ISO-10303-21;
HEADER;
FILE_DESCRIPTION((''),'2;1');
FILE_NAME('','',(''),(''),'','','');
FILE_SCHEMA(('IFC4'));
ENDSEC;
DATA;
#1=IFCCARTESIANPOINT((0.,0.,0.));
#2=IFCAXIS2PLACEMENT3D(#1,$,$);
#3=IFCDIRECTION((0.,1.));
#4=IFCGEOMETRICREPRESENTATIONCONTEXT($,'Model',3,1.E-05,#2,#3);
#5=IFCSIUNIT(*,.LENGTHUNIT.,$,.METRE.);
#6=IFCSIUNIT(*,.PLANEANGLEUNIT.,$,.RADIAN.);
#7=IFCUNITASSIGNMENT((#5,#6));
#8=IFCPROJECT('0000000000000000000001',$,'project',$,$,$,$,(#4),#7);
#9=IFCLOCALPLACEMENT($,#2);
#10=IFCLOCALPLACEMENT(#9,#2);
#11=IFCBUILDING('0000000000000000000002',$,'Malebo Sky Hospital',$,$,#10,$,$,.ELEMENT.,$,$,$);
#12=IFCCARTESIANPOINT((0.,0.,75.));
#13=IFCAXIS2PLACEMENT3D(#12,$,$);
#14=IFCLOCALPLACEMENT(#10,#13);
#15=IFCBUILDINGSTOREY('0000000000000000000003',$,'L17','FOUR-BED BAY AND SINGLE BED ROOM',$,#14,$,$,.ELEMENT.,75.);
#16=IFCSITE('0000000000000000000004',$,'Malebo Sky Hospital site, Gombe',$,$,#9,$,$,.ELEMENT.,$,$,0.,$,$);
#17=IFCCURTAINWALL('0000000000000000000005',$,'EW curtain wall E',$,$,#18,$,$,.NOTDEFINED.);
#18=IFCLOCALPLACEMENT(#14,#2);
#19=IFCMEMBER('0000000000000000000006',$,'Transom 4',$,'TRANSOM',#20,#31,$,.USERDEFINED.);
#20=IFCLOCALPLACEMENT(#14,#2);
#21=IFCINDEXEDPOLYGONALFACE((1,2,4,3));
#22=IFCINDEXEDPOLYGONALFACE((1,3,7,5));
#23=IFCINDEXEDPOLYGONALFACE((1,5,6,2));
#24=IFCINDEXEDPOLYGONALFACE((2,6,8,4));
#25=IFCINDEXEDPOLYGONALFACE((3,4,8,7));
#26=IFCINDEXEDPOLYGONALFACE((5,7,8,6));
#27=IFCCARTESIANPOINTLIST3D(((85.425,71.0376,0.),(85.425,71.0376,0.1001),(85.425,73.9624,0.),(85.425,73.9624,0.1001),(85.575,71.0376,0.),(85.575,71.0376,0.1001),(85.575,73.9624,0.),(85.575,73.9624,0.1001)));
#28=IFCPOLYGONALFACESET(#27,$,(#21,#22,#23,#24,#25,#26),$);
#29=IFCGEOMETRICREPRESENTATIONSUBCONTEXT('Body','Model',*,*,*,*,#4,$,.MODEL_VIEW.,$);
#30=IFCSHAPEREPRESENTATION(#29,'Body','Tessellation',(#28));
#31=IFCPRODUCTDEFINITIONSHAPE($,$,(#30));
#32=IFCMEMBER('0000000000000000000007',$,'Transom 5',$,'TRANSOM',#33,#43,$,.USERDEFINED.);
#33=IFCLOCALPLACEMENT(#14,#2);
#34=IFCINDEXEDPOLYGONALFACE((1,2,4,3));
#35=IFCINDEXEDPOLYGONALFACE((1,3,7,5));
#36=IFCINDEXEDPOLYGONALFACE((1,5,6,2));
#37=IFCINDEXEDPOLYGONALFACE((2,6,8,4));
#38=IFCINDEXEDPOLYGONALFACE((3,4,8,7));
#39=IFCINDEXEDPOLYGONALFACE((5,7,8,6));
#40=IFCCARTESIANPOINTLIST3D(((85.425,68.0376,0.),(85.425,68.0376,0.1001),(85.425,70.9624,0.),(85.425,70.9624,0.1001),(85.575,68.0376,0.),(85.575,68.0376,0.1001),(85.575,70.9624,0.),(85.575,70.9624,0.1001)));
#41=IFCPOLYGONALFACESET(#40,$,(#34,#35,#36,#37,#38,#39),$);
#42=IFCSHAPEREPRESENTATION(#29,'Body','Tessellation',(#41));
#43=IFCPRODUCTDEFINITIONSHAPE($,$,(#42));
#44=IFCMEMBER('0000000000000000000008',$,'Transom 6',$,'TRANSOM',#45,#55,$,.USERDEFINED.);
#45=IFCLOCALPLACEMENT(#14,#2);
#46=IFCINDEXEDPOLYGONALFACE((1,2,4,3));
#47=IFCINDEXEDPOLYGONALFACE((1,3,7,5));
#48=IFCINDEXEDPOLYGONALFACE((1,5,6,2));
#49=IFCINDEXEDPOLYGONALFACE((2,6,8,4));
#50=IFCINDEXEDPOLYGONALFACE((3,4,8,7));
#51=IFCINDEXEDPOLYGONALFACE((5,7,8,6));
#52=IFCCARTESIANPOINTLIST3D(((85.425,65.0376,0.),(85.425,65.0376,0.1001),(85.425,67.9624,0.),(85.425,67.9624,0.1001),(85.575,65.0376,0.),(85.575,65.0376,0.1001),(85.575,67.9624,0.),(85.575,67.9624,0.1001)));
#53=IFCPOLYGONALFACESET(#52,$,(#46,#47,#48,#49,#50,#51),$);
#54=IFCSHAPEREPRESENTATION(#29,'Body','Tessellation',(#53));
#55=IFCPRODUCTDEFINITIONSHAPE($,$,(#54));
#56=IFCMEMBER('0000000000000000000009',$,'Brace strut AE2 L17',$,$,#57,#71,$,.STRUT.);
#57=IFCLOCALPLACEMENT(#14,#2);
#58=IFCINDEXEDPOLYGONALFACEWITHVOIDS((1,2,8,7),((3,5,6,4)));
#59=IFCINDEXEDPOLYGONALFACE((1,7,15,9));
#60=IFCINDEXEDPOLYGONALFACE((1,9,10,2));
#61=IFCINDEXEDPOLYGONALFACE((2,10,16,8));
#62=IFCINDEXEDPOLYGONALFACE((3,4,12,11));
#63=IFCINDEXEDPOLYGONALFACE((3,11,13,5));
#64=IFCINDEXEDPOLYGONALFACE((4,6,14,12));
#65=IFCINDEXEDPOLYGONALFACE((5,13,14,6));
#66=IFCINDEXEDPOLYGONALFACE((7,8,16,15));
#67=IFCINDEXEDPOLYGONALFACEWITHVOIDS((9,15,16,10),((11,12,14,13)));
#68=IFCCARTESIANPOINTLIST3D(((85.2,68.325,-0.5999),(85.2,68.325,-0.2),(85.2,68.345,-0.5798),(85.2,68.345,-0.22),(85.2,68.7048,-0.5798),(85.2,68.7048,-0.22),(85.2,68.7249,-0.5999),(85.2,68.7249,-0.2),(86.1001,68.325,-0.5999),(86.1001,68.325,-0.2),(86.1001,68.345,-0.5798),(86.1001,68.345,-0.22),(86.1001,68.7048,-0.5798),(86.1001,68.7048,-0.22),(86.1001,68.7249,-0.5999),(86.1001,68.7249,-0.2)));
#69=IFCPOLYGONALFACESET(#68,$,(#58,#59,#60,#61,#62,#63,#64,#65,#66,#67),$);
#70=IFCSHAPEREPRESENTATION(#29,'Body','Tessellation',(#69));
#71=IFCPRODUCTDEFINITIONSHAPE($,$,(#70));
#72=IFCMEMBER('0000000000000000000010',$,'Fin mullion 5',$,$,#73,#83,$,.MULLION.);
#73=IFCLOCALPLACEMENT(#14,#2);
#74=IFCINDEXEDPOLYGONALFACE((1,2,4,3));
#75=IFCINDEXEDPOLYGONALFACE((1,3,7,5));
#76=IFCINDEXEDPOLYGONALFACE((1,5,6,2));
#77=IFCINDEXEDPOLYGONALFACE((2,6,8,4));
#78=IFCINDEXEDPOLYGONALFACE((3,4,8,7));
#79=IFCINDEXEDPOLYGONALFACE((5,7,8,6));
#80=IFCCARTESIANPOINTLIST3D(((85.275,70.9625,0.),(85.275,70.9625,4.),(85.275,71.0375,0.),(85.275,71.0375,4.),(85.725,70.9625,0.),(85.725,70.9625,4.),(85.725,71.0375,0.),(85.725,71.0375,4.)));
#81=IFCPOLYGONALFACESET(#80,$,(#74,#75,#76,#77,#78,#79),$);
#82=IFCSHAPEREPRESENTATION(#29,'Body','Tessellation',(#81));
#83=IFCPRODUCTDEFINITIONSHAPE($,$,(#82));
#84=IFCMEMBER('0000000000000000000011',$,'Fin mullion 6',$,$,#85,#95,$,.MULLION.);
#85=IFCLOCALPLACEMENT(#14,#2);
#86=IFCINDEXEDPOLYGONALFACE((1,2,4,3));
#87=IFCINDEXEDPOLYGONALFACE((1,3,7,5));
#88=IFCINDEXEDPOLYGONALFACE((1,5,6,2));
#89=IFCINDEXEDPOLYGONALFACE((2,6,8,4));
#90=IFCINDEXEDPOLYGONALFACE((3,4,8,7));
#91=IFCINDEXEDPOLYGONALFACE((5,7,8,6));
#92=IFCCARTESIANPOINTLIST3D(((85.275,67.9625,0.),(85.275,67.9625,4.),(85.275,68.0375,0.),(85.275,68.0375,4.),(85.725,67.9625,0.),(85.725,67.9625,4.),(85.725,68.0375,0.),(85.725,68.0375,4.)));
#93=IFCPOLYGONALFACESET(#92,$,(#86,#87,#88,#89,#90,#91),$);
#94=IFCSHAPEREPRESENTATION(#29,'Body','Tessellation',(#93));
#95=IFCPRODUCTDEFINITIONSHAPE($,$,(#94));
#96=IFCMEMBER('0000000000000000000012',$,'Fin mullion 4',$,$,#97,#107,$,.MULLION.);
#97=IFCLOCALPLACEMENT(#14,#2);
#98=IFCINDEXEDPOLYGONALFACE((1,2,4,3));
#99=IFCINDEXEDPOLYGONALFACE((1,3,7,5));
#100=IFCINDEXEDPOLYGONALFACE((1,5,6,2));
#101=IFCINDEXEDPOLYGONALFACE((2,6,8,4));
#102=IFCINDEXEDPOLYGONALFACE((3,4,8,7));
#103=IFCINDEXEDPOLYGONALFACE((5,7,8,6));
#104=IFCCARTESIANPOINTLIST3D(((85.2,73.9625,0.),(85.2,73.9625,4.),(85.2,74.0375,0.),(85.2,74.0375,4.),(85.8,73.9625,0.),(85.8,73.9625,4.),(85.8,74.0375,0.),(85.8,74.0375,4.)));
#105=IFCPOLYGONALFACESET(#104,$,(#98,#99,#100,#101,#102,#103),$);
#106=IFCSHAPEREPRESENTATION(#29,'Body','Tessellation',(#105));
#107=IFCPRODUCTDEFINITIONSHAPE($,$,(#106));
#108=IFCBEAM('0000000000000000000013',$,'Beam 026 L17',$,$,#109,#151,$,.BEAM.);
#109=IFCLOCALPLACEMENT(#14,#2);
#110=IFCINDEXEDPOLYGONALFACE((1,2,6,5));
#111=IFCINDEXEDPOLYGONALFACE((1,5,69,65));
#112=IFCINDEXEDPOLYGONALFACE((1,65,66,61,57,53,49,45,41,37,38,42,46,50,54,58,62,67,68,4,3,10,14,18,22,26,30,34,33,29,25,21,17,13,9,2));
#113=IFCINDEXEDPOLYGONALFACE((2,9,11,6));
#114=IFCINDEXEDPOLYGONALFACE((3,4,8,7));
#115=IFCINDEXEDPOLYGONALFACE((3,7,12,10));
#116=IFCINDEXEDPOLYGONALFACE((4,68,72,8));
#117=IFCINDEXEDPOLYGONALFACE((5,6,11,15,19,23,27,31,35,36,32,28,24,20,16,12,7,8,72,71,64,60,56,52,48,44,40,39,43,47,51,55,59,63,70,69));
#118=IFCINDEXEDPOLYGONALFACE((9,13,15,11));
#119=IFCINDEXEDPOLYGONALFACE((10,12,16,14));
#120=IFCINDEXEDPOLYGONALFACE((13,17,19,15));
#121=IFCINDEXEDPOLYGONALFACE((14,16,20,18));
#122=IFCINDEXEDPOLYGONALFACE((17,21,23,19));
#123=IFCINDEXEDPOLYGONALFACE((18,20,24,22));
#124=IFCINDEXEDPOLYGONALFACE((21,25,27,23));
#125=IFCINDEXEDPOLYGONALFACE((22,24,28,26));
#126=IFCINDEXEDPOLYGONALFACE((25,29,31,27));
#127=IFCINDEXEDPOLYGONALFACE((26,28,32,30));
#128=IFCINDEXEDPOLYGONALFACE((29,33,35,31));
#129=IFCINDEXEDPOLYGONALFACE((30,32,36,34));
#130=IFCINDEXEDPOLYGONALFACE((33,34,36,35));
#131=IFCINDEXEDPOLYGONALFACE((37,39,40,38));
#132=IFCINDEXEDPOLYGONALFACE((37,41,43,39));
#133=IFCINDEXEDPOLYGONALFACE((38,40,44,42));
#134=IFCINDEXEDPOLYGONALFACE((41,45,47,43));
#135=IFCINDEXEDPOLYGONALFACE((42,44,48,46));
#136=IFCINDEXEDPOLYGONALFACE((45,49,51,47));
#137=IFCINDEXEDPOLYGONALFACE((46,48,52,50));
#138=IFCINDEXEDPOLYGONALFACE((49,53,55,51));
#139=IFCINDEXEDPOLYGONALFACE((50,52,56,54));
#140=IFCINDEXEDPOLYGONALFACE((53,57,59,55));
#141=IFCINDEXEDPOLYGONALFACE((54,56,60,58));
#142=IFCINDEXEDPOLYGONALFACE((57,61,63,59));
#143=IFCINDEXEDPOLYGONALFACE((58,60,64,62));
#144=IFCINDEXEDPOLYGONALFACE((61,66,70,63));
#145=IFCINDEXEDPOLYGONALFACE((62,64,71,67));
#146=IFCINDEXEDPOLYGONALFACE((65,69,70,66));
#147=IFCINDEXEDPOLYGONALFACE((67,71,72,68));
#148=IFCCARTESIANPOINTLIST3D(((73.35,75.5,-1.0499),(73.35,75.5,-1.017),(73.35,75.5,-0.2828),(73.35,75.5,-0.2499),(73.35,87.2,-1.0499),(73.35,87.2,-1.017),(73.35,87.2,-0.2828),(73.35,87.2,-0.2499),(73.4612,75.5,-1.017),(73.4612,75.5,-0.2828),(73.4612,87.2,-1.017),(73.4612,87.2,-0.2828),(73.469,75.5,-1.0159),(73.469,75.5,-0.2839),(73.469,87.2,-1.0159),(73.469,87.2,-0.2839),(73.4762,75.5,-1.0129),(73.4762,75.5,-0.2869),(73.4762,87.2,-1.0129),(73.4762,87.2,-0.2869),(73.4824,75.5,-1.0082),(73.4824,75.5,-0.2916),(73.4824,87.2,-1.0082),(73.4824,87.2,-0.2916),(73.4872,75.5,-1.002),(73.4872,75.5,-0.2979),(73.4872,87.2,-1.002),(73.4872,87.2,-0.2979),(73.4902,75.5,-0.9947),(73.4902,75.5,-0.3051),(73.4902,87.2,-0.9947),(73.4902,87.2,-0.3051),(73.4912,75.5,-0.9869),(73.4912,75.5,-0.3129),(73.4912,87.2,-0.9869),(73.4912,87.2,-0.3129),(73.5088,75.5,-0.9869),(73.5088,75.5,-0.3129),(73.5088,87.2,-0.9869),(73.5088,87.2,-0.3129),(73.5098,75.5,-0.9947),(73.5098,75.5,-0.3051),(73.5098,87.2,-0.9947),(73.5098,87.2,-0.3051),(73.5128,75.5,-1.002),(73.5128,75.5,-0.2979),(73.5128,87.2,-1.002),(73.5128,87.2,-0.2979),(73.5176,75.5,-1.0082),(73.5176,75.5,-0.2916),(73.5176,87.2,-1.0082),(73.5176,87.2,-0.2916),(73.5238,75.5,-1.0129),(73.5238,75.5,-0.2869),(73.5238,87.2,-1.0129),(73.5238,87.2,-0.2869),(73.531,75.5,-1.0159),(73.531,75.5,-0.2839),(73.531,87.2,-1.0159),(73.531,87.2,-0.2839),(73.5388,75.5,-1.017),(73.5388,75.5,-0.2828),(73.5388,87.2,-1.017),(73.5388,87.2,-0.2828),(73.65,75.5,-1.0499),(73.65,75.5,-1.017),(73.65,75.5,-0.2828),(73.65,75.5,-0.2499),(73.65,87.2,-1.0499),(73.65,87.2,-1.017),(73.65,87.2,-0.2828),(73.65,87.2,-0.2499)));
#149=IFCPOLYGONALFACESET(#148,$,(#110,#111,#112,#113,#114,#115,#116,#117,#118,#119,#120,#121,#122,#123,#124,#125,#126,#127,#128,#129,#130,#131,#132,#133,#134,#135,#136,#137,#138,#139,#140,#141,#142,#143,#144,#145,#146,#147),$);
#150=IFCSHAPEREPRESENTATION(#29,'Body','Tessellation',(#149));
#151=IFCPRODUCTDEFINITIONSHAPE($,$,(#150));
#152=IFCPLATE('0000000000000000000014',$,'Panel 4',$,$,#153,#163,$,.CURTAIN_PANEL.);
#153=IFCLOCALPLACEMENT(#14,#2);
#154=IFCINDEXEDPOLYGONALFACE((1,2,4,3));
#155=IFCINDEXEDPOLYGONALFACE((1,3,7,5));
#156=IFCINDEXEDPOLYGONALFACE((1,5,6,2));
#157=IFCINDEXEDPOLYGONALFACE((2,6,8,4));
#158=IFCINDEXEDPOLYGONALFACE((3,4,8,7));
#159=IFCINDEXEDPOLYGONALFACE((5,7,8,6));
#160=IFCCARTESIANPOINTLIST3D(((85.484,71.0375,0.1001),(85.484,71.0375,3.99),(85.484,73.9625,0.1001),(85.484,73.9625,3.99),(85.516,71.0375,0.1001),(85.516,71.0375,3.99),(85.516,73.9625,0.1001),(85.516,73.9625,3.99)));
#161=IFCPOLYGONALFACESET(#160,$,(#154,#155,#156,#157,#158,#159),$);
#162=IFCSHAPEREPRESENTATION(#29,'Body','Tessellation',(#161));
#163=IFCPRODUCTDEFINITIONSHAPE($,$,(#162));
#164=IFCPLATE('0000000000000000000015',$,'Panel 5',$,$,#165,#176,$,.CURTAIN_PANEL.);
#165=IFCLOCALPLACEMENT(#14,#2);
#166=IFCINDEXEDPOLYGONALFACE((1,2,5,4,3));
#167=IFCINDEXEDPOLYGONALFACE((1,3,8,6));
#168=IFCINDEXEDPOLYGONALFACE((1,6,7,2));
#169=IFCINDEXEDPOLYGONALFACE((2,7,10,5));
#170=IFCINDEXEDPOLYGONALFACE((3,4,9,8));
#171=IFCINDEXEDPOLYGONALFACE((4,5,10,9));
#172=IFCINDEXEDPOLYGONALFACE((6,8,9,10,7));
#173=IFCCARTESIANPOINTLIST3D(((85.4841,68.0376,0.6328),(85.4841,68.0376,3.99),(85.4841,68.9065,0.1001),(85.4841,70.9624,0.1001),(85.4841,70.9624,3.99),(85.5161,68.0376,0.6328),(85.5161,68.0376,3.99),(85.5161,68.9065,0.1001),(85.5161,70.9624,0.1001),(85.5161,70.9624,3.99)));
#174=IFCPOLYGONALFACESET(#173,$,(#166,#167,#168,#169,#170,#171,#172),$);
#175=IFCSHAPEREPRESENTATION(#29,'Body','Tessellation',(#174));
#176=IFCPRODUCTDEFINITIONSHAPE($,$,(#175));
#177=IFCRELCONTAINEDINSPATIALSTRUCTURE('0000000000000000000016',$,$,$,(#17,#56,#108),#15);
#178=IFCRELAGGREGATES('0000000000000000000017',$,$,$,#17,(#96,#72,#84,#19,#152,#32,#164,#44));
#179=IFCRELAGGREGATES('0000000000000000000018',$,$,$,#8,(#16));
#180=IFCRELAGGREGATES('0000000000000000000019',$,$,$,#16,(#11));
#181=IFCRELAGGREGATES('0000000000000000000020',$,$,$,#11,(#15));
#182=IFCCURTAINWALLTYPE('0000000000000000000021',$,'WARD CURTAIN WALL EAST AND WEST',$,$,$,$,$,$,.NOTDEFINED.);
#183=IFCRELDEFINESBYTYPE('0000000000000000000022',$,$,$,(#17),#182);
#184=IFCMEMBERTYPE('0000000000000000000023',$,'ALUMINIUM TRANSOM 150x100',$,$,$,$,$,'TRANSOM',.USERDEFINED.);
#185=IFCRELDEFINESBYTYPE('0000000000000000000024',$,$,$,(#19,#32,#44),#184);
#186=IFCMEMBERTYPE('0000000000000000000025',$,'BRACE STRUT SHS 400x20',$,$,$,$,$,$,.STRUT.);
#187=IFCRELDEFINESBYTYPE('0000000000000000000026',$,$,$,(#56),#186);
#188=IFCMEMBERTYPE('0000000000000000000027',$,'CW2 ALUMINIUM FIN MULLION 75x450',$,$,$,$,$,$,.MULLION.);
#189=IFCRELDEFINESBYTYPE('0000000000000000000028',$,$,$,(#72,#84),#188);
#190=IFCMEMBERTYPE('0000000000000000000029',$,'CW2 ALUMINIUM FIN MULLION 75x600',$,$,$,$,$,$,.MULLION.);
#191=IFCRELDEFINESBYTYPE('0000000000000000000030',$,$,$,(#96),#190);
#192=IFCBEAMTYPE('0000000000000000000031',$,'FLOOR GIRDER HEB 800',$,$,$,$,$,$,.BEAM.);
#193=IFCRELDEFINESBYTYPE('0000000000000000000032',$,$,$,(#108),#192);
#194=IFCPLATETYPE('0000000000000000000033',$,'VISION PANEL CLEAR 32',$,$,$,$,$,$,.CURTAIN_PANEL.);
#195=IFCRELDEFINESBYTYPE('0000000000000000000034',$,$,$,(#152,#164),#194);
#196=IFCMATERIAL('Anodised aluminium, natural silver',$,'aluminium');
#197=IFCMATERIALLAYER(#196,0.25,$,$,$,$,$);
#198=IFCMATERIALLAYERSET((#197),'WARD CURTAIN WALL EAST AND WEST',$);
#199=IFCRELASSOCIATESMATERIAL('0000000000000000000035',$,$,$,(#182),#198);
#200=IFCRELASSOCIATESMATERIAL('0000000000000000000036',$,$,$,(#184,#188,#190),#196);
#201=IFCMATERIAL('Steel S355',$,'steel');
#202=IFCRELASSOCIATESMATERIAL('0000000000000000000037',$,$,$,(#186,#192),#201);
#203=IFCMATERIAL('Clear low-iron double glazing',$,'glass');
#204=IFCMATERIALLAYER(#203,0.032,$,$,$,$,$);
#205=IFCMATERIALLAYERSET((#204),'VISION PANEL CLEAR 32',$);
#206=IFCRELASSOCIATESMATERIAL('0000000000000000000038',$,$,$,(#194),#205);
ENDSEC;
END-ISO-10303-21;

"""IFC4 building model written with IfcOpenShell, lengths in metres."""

from ifc_helpers import new_model, si_unit, direction, frame, origin, origin_2d, place, context, subcontext, project, spatial, polyline, rectangle, hollow_rectangle, i_section, outline, extrude, material, layer, layer_set, material_profile, profile_set, type_object, element, aggregate, save


model = new_model("IFC4")

# Units and contexts
model_context = context("Model", 3, precision=1e-05, world=origin(), true_north=direction((0.0, 1.0)))
body_context = subcontext(model_context, "Body", "Model", "MODEL_VIEW")
ifc_project = project(units=[si_unit("LENGTHUNIT", "METRE"), si_unit("PLANEANGLEUNIT", "RADIAN")], contexts=[model_context])

# Site, building, storey
site_placement = place(None, origin())
site = spatial("IfcSite", under=ifc_project, at=site_placement, Name="Malebo Sky Hospital site, Gombe", CompositionType="ELEMENT", RefElevation=0.0)
building_placement = place(site_placement, origin())
building = spatial("IfcBuilding", under=site, at=building_placement, Name="Malebo Sky Hospital", CompositionType="ELEMENT")
storey_placement = place(building_placement, frame((0.0, 0.0, 75.0)))
storey = spatial("IfcBuildingStorey", under=building, at=storey_placement, Name="L17", Description="FOUR-BED BAY AND SINGLE BED ROOM", CompositionType="ELEMENT", Elevation=75.0)

# Curtain wall, members
ifc_material_1 = material(Name="Anodised aluminium, natural silver", Category="aluminium")
ifc_layer_1 = layer(ifc_material_1, 0.25)
ifc_layer_set_1 = layer_set([ifc_layer_1], Name="WARD CURTAIN WALL EAST AND WEST")
curtain_wall_type = type_object("IfcCurtainWallType", Name="WARD CURTAIN WALL EAST AND WEST", PredefinedType="NOTDEFINED", material=ifc_layer_set_1)
curtain_wall_placement = place(storey_placement, origin())
curtain_wall = element("IfcCurtainWall", 1, at=curtain_wall_placement, inside=storey, type_object=curtain_wall_type, Name="EW curtain wall E", PredefinedType="NOTDEFINED")
ifc_material_profile_1 = material_profile(ifc_material_1, rectangle(XDim=0.1499, YDim=0.1001, at=origin_2d()), Name="ALUMINIUM TRANSOM 150x100")
ifc_profile_set_1 = profile_set([ifc_material_profile_1], Name="Anodised aluminium, natural silver")
member_type_1 = type_object("IfcMemberType", Name="ALUMINIUM TRANSOM 150x100", ElementType="TRANSOM", PredefinedType="USERDEFINED", material=ifc_profile_set_1)
member_1_placement = place(storey_placement, frame((85.5, 73.9624, 0.05), z_axis=(0.0, -1.0, 0.0), x_axis=(1.0, 0.0, 0.0)))
member_1 = element("IfcMember", 2, at=member_1_placement, type_object=member_type_1, Name="Transom 4", ObjectType="TRANSOM", PredefinedType="USERDEFINED", context=body_context, shape_type="SweptSolid", body=[
    extrude(rectangle(XDim=0.1499, YDim=0.1001, at=origin_2d()), origin(), (0.0, 0.0, 1.0), 2.9248),
])
member_2_placement = place(storey_placement, frame((85.5, 70.9624, 0.05), z_axis=(0.0, -1.0, 0.0), x_axis=(1.0, 0.0, 0.0)))
member_2 = element("IfcMember", 3, at=member_2_placement, type_object=member_type_1, Name="Transom 5", ObjectType="TRANSOM", PredefinedType="USERDEFINED", context=body_context, shape_type="SweptSolid", body=[
    extrude(rectangle(XDim=0.1499, YDim=0.1001, at=origin_2d()), origin(), (0.0, 0.0, 1.0), 2.9248),
])
member_3_placement = place(storey_placement, frame((85.5, 67.9624, 0.05), z_axis=(0.0, -1.0, 0.0), x_axis=(1.0, 0.0, 0.0)))
member_3 = element("IfcMember", 4, at=member_3_placement, type_object=member_type_1, Name="Transom 6", ObjectType="TRANSOM", PredefinedType="USERDEFINED", context=body_context, shape_type="SweptSolid", body=[
    extrude(rectangle(XDim=0.1499, YDim=0.1001, at=origin_2d()), origin(), (0.0, 0.0, 1.0), 2.9248),
])

# Members
ifc_material_2 = material(Name="Steel S355", Category="steel")
ifc_material_profile_2 = material_profile(ifc_material_2, hollow_rectangle(XDim=0.3999, YDim=0.3999, WallThickness=0.02, at=origin_2d()), Name="SHS 400x20")
ifc_profile_set_2 = profile_set([ifc_material_profile_2], Name="Steel S355")
member_type_2 = type_object("IfcMemberType", Name="BRACE STRUT SHS 400x20", PredefinedType="STRUT", material=ifc_profile_set_2)
member_4_placement = place(storey_placement, frame((86.1001, 68.5249, -0.3999), z_axis=(-1.0, 0.0, 0.0), x_axis=(0.0, -1.0, 0.0)))
element("IfcMember", 5, at=member_4_placement, inside=storey, type_object=member_type_2, Name="Brace strut AE2 L17", PredefinedType="STRUT", context=body_context, shape_type="SweptSolid", body=[
    extrude(hollow_rectangle(XDim=0.3999, YDim=0.3999, WallThickness=0.02, at=origin_2d()), origin(), (0.0, 0.0, 1.0), 0.9001),
])
ifc_material_profile_3 = material_profile(ifc_material_1, rectangle(XDim=0.075, YDim=0.45, at=origin_2d()), Name="CW2 ALUMINIUM FIN MULLION 75x450")
ifc_profile_set_3 = profile_set([ifc_material_profile_3], Name="Anodised aluminium, natural silver")
member_type_3 = type_object("IfcMemberType", Name="CW2 ALUMINIUM FIN MULLION 75x450", PredefinedType="MULLION", material=ifc_profile_set_3)
member_5_placement = place(storey_placement, frame((85.5, 71.0, 0.0), z_axis=(0.0, 0.0, 1.0), x_axis=(0.0, -1.0, 0.0)))
member_5 = element("IfcMember", 6, at=member_5_placement, type_object=member_type_3, Name="Fin mullion 5", PredefinedType="MULLION", context=body_context, shape_type="SweptSolid", body=[
    extrude(rectangle(XDim=0.075, YDim=0.45, at=origin_2d()), origin(), (0.0, 0.0, 1.0), 4.0),
])
member_6_placement = place(storey_placement, frame((85.5, 68.0, 0.0), z_axis=(0.0, 0.0, 1.0), x_axis=(0.0, -1.0, 0.0)))
member_6 = element("IfcMember", 7, at=member_6_placement, type_object=member_type_3, Name="Fin mullion 6", PredefinedType="MULLION", context=body_context, shape_type="SweptSolid", body=[
    extrude(rectangle(XDim=0.075, YDim=0.45, at=origin_2d()), origin(), (0.0, 0.0, 1.0), 4.0),
])
ifc_material_profile_4 = material_profile(ifc_material_1, rectangle(XDim=0.075, YDim=0.6001, at=origin_2d()), Name="CW2 ALUMINIUM FIN MULLION 75x600")
ifc_profile_set_4 = profile_set([ifc_material_profile_4], Name="Anodised aluminium, natural silver")
member_type_4 = type_object("IfcMemberType", Name="CW2 ALUMINIUM FIN MULLION 75x600", PredefinedType="MULLION", material=ifc_profile_set_4)
member_7_placement = place(storey_placement, frame((85.5, 74.0, 0.0), z_axis=(0.0, 0.0, 1.0), x_axis=(0.0, -1.0, 0.0)))
member_7 = element("IfcMember", 8, at=member_7_placement, type_object=member_type_4, Name="Fin mullion 4", PredefinedType="MULLION", context=body_context, shape_type="SweptSolid", body=[
    extrude(rectangle(XDim=0.075, YDim=0.6001, at=origin_2d()), origin(), (0.0, 0.0, 1.0), 4.0),
])

# Beam
ifc_material_profile_5 = material_profile(ifc_material_2, i_section(OverallWidth=0.3, OverallDepth=0.8, WebThickness=0.0176, FlangeThickness=0.033, FilletRadius=0.03, at=origin_2d()), Name="HEB 800")
ifc_profile_set_5 = profile_set([ifc_material_profile_5], Name="Steel S355")
beam_type = type_object("IfcBeamType", Name="FLOOR GIRDER HEB 800", PredefinedType="BEAM", material=ifc_profile_set_5)
beam_placement = place(storey_placement, frame((73.5, 75.5, -0.6499), z_axis=(0.0, 1.0, 0.0), x_axis=(-1.0, 0.0, 0.0)))
element("IfcBeam", 9, at=beam_placement, inside=storey, type_object=beam_type, Name="Beam 026 L17", PredefinedType="BEAM", context=body_context, shape_type="SweptSolid", body=[
    extrude(i_section(OverallWidth=0.3, OverallDepth=0.8, WebThickness=0.0176, FlangeThickness=0.033, FilletRadius=0.03, at=origin_2d()), origin(), (0.0, 0.0, 1.0), 11.7),
])

# Plates
ifc_material_3 = material(Name="Clear low-iron double glazing", Category="glass")
ifc_layer_2 = layer(ifc_material_3, 0.032)
ifc_layer_set_2 = layer_set([ifc_layer_2], Name="VISION PANEL CLEAR 32")
plate_type = type_object("IfcPlateType", Name="VISION PANEL CLEAR 32", PredefinedType="CURTAIN_PANEL", material=ifc_layer_set_2)
plate_1_placement = place(storey_placement, frame((85.5, 72.5, 0.1001), z_axis=(0.0, 0.0, 1.0), x_axis=(0.0, -1.0, 0.0)))
plate_1 = element("IfcPlate", 10, at=plate_1_placement, type_object=plate_type, Name="Panel 4", PredefinedType="CURTAIN_PANEL", context=body_context, shape_type="SweptSolid", body=[
    extrude(rectangle(XDim=2.925, YDim=0.032, at=origin_2d()), origin(), (0.0, 0.0, 1.0), 3.8899),
])
plate_2_placement = place(storey_placement, frame((85.5, 69.5, 0.1001), z_axis=(0.0, 0.0, 1.0), x_axis=(0.0, -1.0, 0.0)))
plate_2 = element("IfcPlate", 11, at=plate_2_placement, type_object=plate_type, Name="Panel 5", PredefinedType="CURTAIN_PANEL", context=body_context, shape_type="SweptSolid", body=[
    extrude(outline(polyline([(-1.4624, 0.0), (0.5935, 0.0), (1.4624, 0.5327), (1.4624, 3.8899), (-1.4624, 3.8899), (-1.4624, 0.0)])), frame((0.0, 0.0161, 0.0), z_axis=(0.0, -1.0, 0.0), x_axis=(1.0, 0.0, 0.0)), (0.0, 0.0, 1.0), 0.032),
])
aggregate(curtain_wall, [member_7, member_5, member_6, member_1, plate_1, member_2, plate_2, member_3])

save(model, "model.ifc")
